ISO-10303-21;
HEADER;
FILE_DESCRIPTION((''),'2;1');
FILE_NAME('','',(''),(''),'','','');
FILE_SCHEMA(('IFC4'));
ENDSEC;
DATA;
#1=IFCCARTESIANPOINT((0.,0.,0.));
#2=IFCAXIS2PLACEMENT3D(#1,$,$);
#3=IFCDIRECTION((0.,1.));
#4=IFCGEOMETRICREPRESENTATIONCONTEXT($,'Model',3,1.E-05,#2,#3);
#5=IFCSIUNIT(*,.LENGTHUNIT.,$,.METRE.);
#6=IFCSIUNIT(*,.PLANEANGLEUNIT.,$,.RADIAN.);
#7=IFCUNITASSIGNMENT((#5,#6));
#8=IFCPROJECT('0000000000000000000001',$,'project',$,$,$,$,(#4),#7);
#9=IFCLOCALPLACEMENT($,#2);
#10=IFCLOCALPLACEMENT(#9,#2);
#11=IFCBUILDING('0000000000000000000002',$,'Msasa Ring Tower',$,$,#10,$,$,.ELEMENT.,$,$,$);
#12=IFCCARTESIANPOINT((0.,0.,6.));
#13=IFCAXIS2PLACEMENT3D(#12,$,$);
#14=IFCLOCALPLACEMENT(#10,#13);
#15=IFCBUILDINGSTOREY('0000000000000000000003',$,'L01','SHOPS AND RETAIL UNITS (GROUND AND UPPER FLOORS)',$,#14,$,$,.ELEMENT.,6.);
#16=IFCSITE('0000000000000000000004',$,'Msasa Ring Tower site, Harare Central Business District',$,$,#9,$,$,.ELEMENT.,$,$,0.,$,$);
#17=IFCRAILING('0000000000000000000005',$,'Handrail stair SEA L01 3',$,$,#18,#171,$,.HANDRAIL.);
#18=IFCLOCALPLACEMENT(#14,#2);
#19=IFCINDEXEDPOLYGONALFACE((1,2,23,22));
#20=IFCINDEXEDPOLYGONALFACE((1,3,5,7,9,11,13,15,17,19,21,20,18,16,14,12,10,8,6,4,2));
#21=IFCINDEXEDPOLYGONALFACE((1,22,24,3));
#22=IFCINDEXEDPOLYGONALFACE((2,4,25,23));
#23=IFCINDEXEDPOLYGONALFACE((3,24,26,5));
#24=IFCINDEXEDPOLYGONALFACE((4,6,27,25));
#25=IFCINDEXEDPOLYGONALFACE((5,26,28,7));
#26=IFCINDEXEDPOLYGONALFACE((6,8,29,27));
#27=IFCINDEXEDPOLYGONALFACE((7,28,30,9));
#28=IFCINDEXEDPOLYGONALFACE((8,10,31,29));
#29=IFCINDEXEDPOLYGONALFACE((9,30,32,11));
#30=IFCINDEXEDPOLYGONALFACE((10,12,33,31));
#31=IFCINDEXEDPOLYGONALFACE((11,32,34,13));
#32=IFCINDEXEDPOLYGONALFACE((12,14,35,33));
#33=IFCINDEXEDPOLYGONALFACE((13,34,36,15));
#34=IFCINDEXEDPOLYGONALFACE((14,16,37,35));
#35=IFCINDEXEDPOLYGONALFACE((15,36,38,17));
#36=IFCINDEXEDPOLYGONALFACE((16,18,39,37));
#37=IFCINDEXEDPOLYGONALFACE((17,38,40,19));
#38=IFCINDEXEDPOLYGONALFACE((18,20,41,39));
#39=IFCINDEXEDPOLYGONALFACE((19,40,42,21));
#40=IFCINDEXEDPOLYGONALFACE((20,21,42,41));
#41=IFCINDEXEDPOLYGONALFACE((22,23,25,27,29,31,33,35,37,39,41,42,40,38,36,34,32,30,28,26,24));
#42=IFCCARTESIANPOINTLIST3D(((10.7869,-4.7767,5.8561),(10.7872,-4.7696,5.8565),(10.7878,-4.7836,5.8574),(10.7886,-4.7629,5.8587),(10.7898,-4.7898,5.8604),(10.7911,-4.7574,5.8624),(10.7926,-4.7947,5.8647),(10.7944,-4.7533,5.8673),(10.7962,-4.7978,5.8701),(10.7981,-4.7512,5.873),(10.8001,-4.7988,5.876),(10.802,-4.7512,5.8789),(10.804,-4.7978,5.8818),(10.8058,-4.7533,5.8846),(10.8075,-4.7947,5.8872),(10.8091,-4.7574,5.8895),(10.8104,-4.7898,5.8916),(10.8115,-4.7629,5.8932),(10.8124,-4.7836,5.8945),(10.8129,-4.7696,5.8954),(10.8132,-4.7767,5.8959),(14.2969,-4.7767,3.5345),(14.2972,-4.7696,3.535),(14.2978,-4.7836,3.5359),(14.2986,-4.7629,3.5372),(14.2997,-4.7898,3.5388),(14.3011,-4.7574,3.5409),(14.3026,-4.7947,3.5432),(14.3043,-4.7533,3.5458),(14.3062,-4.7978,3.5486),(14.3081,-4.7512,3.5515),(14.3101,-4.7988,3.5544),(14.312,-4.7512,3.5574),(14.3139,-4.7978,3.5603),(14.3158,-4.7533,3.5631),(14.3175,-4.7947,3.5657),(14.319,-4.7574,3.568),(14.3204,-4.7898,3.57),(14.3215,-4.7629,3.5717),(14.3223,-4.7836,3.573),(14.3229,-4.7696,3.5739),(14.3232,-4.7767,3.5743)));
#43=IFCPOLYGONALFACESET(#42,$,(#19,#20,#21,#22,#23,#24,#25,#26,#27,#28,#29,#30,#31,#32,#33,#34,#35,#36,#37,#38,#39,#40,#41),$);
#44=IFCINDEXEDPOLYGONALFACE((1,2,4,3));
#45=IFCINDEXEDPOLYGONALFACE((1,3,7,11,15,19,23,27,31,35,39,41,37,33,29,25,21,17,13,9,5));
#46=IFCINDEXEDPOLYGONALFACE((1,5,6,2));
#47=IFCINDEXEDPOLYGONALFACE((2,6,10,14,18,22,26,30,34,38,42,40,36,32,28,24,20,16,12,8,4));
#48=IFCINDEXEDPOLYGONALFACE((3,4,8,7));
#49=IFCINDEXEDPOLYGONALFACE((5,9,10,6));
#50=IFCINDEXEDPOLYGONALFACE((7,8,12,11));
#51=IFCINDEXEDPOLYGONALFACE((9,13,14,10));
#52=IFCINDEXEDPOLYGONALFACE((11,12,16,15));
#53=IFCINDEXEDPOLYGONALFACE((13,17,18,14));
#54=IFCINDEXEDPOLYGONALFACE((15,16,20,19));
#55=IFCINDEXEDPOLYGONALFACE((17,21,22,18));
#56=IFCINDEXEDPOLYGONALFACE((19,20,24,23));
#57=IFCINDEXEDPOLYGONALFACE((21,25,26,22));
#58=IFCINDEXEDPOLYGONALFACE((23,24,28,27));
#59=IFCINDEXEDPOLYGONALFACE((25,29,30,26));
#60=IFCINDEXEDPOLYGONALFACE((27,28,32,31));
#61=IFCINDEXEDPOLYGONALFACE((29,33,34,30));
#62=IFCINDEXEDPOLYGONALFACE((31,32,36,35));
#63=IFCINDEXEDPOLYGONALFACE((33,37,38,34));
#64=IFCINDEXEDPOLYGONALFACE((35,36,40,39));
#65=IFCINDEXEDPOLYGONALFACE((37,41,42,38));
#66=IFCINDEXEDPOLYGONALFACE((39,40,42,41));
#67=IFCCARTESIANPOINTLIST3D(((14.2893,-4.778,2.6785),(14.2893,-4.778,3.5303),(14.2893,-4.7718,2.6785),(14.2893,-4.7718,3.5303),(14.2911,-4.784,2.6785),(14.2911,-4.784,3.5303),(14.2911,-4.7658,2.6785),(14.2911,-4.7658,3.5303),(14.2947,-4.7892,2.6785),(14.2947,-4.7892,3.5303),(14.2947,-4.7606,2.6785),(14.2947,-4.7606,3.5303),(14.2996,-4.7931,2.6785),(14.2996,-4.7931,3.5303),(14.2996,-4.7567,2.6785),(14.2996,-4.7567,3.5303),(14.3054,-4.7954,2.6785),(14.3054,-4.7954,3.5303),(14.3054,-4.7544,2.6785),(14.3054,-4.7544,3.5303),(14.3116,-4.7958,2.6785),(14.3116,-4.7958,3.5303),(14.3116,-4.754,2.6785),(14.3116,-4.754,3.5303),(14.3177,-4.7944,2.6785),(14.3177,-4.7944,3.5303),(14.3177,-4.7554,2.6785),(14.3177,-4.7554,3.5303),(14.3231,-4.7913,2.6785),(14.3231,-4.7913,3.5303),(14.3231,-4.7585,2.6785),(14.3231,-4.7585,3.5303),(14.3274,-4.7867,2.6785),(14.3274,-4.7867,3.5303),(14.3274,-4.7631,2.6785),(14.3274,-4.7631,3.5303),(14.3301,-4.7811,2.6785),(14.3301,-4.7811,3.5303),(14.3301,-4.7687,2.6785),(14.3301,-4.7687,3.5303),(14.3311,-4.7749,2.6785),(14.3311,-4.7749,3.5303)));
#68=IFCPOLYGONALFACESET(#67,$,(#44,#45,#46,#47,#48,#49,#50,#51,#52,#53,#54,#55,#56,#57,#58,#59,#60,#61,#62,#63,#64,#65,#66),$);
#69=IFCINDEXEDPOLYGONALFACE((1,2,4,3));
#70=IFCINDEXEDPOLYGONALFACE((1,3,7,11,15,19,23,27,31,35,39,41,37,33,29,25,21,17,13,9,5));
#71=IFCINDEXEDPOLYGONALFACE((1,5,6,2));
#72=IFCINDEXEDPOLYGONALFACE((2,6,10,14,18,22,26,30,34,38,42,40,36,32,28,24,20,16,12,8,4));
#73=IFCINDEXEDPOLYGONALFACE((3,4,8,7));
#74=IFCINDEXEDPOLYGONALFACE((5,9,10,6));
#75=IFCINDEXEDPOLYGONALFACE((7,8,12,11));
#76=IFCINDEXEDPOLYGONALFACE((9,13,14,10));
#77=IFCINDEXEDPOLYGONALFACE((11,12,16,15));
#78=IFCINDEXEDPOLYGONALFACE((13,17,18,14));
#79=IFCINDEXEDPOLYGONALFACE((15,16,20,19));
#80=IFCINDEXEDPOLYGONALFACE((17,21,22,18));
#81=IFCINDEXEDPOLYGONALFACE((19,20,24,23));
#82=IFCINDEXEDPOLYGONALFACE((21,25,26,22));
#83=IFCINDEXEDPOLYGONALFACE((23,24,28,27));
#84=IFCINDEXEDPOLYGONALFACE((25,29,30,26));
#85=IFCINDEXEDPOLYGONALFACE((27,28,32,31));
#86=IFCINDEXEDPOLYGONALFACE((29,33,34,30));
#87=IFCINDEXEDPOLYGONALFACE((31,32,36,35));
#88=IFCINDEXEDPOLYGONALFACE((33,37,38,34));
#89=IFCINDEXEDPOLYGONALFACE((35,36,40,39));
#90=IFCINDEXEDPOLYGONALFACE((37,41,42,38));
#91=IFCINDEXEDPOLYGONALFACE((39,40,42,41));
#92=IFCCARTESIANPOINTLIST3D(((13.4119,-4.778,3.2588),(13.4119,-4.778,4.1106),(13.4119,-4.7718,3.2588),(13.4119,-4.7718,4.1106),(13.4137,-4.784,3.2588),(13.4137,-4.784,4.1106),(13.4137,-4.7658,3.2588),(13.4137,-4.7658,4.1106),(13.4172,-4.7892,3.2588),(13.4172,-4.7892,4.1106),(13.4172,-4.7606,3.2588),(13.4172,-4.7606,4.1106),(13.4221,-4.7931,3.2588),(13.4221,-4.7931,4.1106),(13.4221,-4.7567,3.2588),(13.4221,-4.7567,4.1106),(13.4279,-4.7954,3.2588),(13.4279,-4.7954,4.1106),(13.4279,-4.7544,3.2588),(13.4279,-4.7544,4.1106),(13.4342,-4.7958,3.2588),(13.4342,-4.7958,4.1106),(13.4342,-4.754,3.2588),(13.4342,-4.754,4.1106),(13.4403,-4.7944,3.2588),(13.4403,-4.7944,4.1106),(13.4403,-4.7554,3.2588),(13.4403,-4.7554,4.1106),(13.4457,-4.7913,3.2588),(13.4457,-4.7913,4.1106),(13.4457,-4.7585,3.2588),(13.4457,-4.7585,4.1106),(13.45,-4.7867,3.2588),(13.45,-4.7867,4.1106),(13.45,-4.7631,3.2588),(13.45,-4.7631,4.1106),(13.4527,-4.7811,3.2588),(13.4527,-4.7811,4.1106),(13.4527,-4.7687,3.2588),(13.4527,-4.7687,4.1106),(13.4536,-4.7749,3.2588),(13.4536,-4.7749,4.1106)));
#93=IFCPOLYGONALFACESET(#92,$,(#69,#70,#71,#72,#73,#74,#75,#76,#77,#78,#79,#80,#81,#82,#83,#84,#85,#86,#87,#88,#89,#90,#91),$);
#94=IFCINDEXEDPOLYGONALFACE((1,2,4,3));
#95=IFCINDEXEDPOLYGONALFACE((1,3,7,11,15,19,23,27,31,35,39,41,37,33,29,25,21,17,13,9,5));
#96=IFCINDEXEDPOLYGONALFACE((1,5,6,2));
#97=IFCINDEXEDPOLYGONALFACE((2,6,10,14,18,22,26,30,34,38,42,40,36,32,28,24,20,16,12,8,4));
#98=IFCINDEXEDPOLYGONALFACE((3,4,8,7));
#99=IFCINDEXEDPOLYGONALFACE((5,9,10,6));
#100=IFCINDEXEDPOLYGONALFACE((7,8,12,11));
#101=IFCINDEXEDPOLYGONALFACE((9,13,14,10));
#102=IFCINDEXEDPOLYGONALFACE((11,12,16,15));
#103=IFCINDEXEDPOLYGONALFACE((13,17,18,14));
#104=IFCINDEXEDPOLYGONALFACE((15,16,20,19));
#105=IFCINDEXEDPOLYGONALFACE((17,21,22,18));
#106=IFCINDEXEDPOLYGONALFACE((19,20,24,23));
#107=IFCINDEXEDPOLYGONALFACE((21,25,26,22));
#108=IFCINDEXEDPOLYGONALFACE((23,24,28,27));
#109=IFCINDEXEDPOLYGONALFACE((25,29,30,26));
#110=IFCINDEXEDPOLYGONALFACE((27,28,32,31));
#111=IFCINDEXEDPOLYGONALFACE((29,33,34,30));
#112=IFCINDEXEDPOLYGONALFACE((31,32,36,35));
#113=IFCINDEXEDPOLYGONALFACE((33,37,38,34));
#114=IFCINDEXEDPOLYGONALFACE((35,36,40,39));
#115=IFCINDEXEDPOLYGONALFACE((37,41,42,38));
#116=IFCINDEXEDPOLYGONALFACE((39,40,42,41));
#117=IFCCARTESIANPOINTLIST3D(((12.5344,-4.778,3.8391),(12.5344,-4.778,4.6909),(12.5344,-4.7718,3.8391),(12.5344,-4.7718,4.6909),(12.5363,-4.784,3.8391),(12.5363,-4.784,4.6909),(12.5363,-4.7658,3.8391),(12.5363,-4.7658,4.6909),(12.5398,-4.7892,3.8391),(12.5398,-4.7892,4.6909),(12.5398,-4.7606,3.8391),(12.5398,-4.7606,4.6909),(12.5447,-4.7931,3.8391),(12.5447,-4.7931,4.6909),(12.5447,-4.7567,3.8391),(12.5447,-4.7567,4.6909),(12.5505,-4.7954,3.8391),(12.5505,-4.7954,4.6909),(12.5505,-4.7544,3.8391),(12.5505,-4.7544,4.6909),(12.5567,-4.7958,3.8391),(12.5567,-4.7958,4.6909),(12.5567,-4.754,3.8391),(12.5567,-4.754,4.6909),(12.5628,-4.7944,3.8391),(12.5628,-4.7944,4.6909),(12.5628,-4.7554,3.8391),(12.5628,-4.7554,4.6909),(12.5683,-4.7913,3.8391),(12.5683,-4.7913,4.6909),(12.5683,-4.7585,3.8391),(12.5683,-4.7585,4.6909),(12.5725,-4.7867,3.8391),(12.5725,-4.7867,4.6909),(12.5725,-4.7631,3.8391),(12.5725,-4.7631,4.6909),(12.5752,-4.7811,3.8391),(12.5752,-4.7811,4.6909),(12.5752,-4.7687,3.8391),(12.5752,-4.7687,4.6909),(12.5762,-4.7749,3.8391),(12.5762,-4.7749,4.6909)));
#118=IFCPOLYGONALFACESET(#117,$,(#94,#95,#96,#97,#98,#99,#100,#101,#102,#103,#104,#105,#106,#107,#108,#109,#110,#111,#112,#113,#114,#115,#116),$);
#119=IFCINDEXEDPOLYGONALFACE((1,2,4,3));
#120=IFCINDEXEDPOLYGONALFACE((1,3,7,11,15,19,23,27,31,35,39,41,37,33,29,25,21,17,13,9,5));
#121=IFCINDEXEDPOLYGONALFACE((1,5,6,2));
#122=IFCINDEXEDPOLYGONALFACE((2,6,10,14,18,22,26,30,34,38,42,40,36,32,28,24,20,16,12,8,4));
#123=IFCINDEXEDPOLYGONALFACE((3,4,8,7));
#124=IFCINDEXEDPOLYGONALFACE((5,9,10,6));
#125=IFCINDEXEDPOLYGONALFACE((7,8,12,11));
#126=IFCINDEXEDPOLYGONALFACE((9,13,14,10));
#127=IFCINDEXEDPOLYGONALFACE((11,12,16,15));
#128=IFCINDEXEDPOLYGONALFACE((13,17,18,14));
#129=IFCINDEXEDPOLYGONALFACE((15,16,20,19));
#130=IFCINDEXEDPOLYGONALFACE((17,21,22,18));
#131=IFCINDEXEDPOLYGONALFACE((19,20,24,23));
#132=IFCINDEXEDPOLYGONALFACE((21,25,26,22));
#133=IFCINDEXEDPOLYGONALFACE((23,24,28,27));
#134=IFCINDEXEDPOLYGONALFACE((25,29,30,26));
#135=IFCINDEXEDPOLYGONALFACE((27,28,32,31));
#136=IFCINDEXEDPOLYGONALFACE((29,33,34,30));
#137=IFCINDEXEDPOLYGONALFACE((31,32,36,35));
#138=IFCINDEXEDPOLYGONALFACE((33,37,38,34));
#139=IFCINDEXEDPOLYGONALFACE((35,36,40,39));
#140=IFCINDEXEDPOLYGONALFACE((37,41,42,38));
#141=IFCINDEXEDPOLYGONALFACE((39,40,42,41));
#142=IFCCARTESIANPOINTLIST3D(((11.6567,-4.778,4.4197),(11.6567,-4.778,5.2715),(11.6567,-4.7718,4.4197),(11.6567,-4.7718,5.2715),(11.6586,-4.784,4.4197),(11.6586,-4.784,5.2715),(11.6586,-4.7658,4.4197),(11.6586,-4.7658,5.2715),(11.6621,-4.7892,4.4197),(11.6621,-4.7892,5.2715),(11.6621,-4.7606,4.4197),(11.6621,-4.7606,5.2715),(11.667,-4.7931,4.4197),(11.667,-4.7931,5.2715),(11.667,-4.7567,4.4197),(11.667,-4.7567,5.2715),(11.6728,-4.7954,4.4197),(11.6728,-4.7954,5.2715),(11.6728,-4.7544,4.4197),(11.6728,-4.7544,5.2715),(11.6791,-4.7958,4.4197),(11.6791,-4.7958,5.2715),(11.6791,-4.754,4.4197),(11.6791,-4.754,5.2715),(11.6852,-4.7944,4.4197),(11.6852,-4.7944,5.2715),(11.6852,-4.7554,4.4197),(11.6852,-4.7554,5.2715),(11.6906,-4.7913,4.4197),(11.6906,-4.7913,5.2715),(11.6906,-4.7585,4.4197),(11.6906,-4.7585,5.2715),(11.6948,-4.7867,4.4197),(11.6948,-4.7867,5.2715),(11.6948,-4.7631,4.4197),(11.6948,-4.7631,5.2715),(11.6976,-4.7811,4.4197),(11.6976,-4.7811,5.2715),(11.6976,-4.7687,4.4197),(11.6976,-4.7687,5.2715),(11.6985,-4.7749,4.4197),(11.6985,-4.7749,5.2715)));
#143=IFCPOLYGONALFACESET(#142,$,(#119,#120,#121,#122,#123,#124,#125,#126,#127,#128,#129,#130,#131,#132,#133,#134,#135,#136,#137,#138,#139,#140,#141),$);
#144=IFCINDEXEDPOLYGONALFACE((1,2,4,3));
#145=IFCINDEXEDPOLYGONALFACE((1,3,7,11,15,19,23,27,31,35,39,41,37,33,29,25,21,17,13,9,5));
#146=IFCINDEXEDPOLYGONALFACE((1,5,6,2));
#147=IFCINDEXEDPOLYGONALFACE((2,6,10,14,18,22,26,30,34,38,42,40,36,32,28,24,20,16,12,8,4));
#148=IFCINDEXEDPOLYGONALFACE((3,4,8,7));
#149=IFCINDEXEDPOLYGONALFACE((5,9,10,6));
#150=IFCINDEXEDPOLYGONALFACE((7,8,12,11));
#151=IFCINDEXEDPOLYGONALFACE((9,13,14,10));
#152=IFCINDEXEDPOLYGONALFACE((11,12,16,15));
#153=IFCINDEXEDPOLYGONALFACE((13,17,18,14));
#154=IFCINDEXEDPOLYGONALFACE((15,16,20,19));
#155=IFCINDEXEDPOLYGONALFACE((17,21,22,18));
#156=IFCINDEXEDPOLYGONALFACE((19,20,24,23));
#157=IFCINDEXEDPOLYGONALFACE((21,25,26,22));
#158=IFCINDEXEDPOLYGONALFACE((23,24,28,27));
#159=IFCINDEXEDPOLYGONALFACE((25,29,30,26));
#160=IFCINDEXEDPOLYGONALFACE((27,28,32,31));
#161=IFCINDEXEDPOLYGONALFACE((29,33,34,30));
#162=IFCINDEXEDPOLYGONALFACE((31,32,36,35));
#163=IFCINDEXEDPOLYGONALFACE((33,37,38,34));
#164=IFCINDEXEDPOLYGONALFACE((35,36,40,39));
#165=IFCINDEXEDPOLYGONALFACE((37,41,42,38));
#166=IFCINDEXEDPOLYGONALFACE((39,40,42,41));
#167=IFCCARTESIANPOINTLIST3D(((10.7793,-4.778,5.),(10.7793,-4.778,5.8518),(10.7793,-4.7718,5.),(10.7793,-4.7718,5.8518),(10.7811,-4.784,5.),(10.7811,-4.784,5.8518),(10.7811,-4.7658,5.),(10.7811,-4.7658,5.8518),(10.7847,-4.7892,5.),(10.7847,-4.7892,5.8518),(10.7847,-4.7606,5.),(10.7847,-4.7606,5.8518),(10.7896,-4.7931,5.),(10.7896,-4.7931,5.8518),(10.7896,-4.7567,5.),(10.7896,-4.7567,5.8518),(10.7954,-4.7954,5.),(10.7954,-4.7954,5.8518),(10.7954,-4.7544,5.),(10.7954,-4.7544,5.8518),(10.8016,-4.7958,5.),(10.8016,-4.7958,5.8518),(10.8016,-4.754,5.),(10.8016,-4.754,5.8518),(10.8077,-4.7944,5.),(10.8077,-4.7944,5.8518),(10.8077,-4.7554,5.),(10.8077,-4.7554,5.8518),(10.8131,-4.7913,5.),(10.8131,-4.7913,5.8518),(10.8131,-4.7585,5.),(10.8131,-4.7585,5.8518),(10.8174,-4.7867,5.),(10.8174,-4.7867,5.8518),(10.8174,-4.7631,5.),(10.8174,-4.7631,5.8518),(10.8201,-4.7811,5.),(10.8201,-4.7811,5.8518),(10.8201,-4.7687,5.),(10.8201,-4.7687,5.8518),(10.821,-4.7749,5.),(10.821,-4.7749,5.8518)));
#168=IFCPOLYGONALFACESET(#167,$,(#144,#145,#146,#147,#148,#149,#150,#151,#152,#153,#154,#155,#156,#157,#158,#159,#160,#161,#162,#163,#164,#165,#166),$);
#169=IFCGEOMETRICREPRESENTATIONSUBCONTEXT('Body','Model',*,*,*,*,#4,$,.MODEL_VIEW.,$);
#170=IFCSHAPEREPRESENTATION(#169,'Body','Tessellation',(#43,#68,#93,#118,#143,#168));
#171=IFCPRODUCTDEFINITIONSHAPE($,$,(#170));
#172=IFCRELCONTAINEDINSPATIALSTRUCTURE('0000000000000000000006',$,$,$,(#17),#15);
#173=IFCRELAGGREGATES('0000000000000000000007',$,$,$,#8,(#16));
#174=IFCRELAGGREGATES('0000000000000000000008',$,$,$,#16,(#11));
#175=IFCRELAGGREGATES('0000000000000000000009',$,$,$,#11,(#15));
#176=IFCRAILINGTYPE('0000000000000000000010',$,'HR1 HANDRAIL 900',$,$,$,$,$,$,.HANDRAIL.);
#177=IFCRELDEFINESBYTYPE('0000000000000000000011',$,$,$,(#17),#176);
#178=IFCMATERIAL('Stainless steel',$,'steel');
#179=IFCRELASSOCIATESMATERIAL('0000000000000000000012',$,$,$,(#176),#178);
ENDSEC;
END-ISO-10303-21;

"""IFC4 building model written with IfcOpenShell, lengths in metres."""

from ifc_helpers import new_model, si_unit, direction, frame, origin, origin_2d, place, context, subcontext, project, spatial, circle, extrude, material, type_object, element, save


model = new_model("IFC4")

# Units and contexts
model_context = context("Model", 3, precision=1e-05, world=origin(), true_north=direction((0.0, 1.0)))
body_context = subcontext(model_context, "Body", "Model", "MODEL_VIEW")
ifc_project = project(units=[si_unit("LENGTHUNIT", "METRE"), si_unit("PLANEANGLEUNIT", "RADIAN")], contexts=[model_context])

# Site, building, storey
site_placement = place(None, origin())
site = spatial("IfcSite", under=ifc_project, at=site_placement, Name="Msasa Ring Tower site, Harare Central Business District", CompositionType="ELEMENT", RefElevation=0.0)
building_placement = place(site_placement, origin())
building = spatial("IfcBuilding", under=site, at=building_placement, Name="Msasa Ring Tower", CompositionType="ELEMENT")
storey_placement = place(building_placement, frame((0.0, 0.0, 6.0)))
storey = spatial("IfcBuildingStorey", under=building, at=storey_placement, Name="L01", Description="SHOPS AND RETAIL UNITS (GROUND AND UPPER FLOORS)", CompositionType="ELEMENT", Elevation=6.0)

# Railing
ifc_material_1 = material(Name="Stainless steel", Category="steel")
railing_type = type_object("IfcRailingType", Name="HR1 HANDRAIL 900", PredefinedType="HANDRAIL", material=ifc_material_1)
for number, where, name in (
    (1, (14.3101, -4.7749, 2.6785), "Handrail stair SEA L01 3"),
):
    element("IfcRailing", number, at=place(storey_placement, frame(where)), inside=storey, type_object=railing_type, Name=name, PredefinedType="HANDRAIL", context=body_context, shape_type="SweptSolid", body=[
        extrude(circle(Radius=0.0239, at=origin_2d()), frame((0.0, 0.0, 0.876), z_axis=(-0.834071, 0.0, 0.551657), x_axis=(0.0, -1.0, 0.0)), (0.0, 0.0, 1.0), 4.2083),
        extrude(circle(Radius=0.021, at=origin_2d()), origin(), (0.0, 0.0, 1.0), 0.8518),
        extrude(circle(Radius=0.021, at=origin_2d()), frame((-0.8774, 0.0, 0.5803)), (0.0, 0.0, 1.0), 0.8518),
        extrude(circle(Radius=0.021, at=origin_2d()), frame((-1.7549, 0.0, 1.1606)), (0.0, 0.0, 1.0), 0.8518),
        extrude(circle(Radius=0.021, at=origin_2d()), frame((-2.6326, 0.0, 1.7412)), (0.0, 0.0, 1.0), 0.8518),
        extrude(circle(Radius=0.021, at=origin_2d()), frame((-3.51, 0.0, 2.3215)), (0.0, 0.0, 1.0), 0.8518),
    ])

save(model, "model.ifc")
